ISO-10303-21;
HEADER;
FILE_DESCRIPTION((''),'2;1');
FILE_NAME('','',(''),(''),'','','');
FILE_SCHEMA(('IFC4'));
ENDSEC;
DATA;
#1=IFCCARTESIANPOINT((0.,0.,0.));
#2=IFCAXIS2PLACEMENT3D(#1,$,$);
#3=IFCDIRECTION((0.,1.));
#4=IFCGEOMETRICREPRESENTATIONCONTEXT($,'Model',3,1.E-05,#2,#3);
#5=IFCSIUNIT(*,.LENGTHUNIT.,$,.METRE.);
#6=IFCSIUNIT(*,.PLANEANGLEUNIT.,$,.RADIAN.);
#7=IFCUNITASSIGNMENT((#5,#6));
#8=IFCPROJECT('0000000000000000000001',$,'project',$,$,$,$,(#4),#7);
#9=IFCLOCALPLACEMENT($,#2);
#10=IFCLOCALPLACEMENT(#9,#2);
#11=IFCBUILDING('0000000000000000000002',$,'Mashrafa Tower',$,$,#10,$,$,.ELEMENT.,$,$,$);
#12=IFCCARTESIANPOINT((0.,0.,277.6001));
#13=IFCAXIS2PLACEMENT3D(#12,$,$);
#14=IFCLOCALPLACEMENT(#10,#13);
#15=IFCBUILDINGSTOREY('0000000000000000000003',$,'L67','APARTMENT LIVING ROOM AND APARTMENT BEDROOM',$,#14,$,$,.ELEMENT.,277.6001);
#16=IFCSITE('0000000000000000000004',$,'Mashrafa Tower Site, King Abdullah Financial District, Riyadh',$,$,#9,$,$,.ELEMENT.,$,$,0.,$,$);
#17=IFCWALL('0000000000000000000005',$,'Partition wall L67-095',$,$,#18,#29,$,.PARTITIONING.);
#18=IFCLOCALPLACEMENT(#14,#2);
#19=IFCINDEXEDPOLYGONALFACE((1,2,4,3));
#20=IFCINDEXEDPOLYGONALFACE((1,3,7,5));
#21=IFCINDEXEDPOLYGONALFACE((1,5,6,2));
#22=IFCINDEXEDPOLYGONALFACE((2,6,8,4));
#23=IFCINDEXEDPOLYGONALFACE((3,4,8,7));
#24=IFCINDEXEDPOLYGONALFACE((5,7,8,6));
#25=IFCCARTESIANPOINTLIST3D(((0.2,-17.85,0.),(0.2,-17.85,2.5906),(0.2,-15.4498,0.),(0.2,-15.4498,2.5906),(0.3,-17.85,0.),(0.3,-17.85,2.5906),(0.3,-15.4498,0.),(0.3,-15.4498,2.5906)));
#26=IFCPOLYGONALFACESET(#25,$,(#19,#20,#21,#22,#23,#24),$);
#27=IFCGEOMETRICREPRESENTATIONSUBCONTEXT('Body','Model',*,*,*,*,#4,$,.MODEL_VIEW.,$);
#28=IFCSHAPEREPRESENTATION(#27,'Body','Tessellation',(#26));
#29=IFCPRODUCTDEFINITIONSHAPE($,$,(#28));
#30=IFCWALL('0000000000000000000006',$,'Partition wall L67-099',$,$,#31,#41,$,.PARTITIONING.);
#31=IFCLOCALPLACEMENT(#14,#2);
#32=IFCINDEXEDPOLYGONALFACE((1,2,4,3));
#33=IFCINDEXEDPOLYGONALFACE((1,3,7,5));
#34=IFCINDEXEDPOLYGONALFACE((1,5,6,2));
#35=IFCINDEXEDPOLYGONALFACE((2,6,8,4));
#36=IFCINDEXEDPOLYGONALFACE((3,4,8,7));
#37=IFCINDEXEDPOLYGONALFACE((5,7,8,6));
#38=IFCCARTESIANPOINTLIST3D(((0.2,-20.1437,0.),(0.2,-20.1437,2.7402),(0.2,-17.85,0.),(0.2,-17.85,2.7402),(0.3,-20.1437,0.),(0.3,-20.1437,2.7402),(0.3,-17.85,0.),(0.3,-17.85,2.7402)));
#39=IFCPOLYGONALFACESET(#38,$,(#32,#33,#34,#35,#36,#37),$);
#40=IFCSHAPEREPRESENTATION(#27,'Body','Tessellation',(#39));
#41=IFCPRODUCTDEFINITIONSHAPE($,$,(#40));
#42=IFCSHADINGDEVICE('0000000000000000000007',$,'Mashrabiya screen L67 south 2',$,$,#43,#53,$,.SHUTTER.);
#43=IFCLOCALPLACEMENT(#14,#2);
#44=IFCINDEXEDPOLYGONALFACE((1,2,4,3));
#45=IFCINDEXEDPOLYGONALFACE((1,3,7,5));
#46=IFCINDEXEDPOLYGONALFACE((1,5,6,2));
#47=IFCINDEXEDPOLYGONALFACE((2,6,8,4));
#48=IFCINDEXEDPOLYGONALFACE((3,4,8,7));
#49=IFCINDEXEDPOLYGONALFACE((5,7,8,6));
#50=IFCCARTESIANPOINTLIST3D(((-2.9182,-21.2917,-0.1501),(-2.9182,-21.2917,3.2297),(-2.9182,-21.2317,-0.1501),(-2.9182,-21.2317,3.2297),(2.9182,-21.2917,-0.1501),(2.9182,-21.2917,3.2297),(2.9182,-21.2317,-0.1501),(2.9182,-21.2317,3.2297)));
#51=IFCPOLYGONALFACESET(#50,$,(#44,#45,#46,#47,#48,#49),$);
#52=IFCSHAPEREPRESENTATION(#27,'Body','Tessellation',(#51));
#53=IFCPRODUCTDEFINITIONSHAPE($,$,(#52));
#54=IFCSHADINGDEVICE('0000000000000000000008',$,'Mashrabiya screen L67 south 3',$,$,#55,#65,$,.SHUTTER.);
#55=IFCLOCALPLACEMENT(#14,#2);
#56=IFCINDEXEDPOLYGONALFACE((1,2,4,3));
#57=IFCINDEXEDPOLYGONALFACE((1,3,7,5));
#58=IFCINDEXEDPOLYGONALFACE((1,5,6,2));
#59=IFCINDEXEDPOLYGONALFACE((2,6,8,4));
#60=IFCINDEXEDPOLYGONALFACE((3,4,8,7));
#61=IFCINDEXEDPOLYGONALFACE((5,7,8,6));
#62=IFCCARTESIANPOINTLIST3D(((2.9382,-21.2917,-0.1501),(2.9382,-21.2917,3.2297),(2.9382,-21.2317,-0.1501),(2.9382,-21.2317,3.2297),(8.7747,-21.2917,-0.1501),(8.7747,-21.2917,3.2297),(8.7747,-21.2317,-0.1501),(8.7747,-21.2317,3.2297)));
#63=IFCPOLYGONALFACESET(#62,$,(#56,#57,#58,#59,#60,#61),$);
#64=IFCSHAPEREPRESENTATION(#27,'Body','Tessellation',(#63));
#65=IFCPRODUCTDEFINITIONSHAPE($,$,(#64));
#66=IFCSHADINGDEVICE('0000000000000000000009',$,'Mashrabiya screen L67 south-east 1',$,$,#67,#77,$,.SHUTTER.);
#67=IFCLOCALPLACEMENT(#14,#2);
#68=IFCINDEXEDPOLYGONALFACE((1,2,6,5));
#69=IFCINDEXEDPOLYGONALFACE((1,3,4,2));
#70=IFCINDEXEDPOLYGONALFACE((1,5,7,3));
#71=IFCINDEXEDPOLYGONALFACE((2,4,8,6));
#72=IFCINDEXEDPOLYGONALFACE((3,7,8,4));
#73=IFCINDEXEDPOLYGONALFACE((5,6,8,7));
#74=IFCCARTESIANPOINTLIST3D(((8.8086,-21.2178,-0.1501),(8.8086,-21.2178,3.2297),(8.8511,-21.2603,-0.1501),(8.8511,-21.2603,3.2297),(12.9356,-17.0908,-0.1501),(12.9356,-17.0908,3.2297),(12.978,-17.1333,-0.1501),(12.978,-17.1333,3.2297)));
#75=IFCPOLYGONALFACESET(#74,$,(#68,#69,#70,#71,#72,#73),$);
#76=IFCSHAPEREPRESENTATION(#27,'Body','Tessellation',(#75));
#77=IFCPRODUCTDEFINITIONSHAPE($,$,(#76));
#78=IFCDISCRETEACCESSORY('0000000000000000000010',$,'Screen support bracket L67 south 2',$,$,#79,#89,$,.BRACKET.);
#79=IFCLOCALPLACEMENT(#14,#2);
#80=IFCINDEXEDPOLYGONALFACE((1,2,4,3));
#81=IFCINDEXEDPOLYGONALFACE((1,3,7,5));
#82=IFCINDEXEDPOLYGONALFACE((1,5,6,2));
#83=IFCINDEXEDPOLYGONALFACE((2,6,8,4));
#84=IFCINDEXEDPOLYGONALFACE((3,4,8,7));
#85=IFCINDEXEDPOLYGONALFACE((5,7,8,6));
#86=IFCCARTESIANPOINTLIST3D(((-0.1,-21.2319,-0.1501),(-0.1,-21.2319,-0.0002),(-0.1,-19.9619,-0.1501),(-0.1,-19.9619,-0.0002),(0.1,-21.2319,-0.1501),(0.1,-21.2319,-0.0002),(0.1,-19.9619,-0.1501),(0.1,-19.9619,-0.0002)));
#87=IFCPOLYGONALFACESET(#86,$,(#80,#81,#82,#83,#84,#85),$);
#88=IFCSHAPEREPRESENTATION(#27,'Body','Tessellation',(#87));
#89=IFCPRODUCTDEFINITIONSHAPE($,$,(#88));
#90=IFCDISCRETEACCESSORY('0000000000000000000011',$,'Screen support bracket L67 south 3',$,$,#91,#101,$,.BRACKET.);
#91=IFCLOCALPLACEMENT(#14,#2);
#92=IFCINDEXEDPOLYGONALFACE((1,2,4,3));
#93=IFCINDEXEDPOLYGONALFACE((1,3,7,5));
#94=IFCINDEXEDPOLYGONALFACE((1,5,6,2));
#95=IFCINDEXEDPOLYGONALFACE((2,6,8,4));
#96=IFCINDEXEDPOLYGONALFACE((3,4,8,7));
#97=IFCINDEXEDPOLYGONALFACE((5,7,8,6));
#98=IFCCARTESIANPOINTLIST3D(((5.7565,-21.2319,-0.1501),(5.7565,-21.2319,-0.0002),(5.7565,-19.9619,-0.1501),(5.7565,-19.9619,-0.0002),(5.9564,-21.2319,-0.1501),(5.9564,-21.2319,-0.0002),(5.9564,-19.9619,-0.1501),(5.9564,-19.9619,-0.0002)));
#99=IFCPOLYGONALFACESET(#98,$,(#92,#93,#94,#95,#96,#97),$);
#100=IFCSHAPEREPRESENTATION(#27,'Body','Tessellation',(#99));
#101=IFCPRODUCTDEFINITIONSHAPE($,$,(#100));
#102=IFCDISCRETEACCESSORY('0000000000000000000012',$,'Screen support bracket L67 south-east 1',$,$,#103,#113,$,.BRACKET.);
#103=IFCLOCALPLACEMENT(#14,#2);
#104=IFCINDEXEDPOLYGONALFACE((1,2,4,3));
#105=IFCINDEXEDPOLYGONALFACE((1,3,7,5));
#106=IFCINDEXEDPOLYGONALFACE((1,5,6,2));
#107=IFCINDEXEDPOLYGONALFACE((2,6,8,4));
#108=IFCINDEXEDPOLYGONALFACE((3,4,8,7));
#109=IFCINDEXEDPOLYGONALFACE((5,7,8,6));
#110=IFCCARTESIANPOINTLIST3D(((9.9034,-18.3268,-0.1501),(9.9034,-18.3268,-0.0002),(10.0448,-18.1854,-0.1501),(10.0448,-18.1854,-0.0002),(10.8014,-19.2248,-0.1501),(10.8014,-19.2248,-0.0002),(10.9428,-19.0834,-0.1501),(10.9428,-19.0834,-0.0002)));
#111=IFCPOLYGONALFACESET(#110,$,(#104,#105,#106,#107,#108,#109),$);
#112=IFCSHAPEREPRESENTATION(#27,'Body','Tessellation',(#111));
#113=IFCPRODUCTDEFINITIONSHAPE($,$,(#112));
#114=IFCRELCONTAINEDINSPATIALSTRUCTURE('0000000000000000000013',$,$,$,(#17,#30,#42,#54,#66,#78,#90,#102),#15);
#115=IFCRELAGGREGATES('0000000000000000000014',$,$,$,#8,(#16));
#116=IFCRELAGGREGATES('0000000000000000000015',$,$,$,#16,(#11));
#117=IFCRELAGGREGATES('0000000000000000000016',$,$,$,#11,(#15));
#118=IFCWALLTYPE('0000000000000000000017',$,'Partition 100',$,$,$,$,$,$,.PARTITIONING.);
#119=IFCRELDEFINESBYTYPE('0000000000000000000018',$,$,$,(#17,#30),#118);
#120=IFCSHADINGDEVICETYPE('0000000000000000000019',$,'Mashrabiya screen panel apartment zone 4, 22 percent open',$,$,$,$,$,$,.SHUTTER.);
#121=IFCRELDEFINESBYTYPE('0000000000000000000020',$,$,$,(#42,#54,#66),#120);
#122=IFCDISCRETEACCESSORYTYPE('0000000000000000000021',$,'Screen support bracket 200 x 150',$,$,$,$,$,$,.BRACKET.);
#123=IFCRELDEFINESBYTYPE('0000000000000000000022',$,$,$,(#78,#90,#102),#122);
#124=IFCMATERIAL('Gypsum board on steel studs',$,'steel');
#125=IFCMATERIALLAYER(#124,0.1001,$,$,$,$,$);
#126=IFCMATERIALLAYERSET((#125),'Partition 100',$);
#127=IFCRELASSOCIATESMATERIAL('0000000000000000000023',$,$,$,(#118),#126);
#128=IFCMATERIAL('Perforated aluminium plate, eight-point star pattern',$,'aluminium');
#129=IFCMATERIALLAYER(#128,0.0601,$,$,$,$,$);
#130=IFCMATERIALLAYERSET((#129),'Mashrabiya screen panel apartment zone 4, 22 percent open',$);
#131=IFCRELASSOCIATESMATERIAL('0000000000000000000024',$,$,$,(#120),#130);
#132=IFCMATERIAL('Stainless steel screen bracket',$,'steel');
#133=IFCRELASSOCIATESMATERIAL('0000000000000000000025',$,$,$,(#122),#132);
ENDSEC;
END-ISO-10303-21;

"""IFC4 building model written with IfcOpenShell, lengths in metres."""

from ifc_helpers import new_model, si_unit, direction, frame, frame_2d, origin, origin_2d, place, context, subcontext, project, spatial, rectangle, extrude, source, transform, mapped, material, layer, layer_set, type_object, type_shapes, element, save


model = new_model("IFC4")

# Units and contexts
model_context = context("Model", 3, precision=1e-05, world=origin(), true_north=direction((0.0, 1.0)))
body_context = subcontext(model_context, "Body", "Model", "MODEL_VIEW")
ifc_project = project(units=[si_unit("LENGTHUNIT", "METRE"), si_unit("PLANEANGLEUNIT", "RADIAN")], contexts=[model_context])

# Site, building, storey
site_placement = place(None, origin())
site = spatial("IfcSite", under=ifc_project, at=site_placement, Name="Mashrafa Tower Site, King Abdullah Financial District, Riyadh", CompositionType="ELEMENT", RefElevation=0.0)
building_placement = place(site_placement, origin())
building = spatial("IfcBuilding", under=site, at=building_placement, Name="Mashrafa Tower", CompositionType="ELEMENT")
storey_placement = place(building_placement, frame((0.0, 0.0, 277.6001)))
storey = spatial("IfcBuildingStorey", under=building, at=storey_placement, Name="L67", Description="APARTMENT LIVING ROOM AND APARTMENT BEDROOM", CompositionType="ELEMENT", Elevation=277.6001)

# Walls
ifc_material_1 = material(Name="Gypsum board on steel studs", Category="steel")
ifc_layer_1 = layer(ifc_material_1, 0.1001)
ifc_layer_set_1 = layer_set([ifc_layer_1], Name="Partition 100")
wall_type = type_object("IfcWallType", Name="Partition 100", PredefinedType="PARTITIONING", material=ifc_layer_set_1)
wall_1_placement = place(storey_placement, frame((0.25, -17.8501, 0.0), z_axis=(0.0, 0.0, 1.0), x_axis=(0.0, 1.0, 0.0)))
element("IfcWall", 1, at=wall_1_placement, inside=storey, type_object=wall_type, Name="Partition wall L67-095", PredefinedType="PARTITIONING", context=body_context, shape_type="SweptSolid", body=[
    extrude(rectangle(XDim=2.4001, YDim=0.1001, at=frame_2d((1.2002, 0.0))), origin(), (0.0, 0.0, 1.0), 2.5906),
])
wall_2_placement = place(storey_placement, frame((0.25, -20.1438, 0.0), z_axis=(0.0, 0.0, 1.0), x_axis=(0.0, 1.0, 0.0)))
element("IfcWall", 2, at=wall_2_placement, inside=storey, type_object=wall_type, Name="Partition wall L67-099", PredefinedType="PARTITIONING", context=body_context, shape_type="SweptSolid", body=[
    extrude(rectangle(XDim=2.2937, YDim=0.1001, at=frame_2d((1.147, 0.0))), origin(), (0.0, 0.0, 1.0), 2.7402),
])

# Shading devices
ifc_material_2 = material(Name="Perforated aluminium plate, eight-point star pattern", Category="aluminium")
ifc_layer_2 = layer(ifc_material_2, 0.0601)
ifc_layer_set_2 = layer_set([ifc_layer_2], Name="Mashrabiya screen panel apartment zone 4, 22 percent open")
shading_device_type = type_object("IfcShadingDeviceType", Name="Mashrabiya screen panel apartment zone 4, 22 percent open", PredefinedType="SHUTTER", material=ifc_layer_set_2)
shared_shape_1 = source(origin(), body_context, "Body", "SweptSolid", [
    extrude(rectangle(XDim=5.8364, YDim=0.0601, at=origin_2d()), origin(), (0.0, 0.0, 1.0), 3.3799),
])
type_shapes(shading_device_type, [shared_shape_1])
for number, where, z_axis, x_axis, name in (
    (3, (0.0, -21.2617, -0.1501), (0.0, 0.0, 1.0), (1.0, 0.0, 0.0), "Mashrabiya screen L67 south 2"),
    (4, (5.8564, -21.2617, -0.1501), (0.0, 0.0, 1.0), (1.0, 0.0, 0.0), "Mashrabiya screen L67 south 3"),
    (5, (10.8933, -19.1755, -0.1501), (0.0, 0.0, 1.0), (0.707107, 0.707107, 0.0), "Mashrabiya screen L67 south-east 1"),
):
    element("IfcShadingDevice", number, at=place(storey_placement, frame(where, z_axis=z_axis, x_axis=x_axis)), inside=storey, type_object=shading_device_type, Name=name, PredefinedType="SHUTTER", context=body_context, shape_type="MappedRepresentation", body=[
        mapped(shared_shape_1, transform((0.0, 0.0, 0.0))),
    ])

# Discrete accessories
ifc_material_3 = material(Name="Stainless steel screen bracket", Category="steel")
discrete_accessory_type = type_object("IfcDiscreteAccessoryType", Name="Screen support bracket 200 x 150", PredefinedType="BRACKET", material=ifc_material_3)
shared_shape_2 = source(origin(), body_context, "Body", "SweptSolid", [
    extrude(rectangle(XDim=0.2, YDim=1.27, at=origin_2d()), origin(), (0.0, 0.0, 1.0), 0.1499),
])
type_shapes(discrete_accessory_type, [shared_shape_2])
for number, where, z_axis, x_axis, name in (
    (6, (0.0, -20.5969, -0.1501), (0.0, 0.0, 1.0), (1.0, 0.0, 0.0), "Screen support bracket L67 south 2"),
    (7, (5.8564, -20.5969, -0.1501), (0.0, 0.0, 1.0), (1.0, 0.0, 0.0), "Screen support bracket L67 south 3"),
    (8, (10.4231, -18.7051, -0.1501), (0.0, 0.0, 1.0), (0.707107, 0.707107, 0.0), "Screen support bracket L67 south-east 1"),
):
    element("IfcDiscreteAccessory", number, at=place(storey_placement, frame(where, z_axis=z_axis, x_axis=x_axis)), inside=storey, type_object=discrete_accessory_type, Name=name, PredefinedType="BRACKET", context=body_context, shape_type="MappedRepresentation", body=[
        mapped(shared_shape_2, transform((0.0, 0.0, 0.0))),
    ])

save(model, "model.ifc")
